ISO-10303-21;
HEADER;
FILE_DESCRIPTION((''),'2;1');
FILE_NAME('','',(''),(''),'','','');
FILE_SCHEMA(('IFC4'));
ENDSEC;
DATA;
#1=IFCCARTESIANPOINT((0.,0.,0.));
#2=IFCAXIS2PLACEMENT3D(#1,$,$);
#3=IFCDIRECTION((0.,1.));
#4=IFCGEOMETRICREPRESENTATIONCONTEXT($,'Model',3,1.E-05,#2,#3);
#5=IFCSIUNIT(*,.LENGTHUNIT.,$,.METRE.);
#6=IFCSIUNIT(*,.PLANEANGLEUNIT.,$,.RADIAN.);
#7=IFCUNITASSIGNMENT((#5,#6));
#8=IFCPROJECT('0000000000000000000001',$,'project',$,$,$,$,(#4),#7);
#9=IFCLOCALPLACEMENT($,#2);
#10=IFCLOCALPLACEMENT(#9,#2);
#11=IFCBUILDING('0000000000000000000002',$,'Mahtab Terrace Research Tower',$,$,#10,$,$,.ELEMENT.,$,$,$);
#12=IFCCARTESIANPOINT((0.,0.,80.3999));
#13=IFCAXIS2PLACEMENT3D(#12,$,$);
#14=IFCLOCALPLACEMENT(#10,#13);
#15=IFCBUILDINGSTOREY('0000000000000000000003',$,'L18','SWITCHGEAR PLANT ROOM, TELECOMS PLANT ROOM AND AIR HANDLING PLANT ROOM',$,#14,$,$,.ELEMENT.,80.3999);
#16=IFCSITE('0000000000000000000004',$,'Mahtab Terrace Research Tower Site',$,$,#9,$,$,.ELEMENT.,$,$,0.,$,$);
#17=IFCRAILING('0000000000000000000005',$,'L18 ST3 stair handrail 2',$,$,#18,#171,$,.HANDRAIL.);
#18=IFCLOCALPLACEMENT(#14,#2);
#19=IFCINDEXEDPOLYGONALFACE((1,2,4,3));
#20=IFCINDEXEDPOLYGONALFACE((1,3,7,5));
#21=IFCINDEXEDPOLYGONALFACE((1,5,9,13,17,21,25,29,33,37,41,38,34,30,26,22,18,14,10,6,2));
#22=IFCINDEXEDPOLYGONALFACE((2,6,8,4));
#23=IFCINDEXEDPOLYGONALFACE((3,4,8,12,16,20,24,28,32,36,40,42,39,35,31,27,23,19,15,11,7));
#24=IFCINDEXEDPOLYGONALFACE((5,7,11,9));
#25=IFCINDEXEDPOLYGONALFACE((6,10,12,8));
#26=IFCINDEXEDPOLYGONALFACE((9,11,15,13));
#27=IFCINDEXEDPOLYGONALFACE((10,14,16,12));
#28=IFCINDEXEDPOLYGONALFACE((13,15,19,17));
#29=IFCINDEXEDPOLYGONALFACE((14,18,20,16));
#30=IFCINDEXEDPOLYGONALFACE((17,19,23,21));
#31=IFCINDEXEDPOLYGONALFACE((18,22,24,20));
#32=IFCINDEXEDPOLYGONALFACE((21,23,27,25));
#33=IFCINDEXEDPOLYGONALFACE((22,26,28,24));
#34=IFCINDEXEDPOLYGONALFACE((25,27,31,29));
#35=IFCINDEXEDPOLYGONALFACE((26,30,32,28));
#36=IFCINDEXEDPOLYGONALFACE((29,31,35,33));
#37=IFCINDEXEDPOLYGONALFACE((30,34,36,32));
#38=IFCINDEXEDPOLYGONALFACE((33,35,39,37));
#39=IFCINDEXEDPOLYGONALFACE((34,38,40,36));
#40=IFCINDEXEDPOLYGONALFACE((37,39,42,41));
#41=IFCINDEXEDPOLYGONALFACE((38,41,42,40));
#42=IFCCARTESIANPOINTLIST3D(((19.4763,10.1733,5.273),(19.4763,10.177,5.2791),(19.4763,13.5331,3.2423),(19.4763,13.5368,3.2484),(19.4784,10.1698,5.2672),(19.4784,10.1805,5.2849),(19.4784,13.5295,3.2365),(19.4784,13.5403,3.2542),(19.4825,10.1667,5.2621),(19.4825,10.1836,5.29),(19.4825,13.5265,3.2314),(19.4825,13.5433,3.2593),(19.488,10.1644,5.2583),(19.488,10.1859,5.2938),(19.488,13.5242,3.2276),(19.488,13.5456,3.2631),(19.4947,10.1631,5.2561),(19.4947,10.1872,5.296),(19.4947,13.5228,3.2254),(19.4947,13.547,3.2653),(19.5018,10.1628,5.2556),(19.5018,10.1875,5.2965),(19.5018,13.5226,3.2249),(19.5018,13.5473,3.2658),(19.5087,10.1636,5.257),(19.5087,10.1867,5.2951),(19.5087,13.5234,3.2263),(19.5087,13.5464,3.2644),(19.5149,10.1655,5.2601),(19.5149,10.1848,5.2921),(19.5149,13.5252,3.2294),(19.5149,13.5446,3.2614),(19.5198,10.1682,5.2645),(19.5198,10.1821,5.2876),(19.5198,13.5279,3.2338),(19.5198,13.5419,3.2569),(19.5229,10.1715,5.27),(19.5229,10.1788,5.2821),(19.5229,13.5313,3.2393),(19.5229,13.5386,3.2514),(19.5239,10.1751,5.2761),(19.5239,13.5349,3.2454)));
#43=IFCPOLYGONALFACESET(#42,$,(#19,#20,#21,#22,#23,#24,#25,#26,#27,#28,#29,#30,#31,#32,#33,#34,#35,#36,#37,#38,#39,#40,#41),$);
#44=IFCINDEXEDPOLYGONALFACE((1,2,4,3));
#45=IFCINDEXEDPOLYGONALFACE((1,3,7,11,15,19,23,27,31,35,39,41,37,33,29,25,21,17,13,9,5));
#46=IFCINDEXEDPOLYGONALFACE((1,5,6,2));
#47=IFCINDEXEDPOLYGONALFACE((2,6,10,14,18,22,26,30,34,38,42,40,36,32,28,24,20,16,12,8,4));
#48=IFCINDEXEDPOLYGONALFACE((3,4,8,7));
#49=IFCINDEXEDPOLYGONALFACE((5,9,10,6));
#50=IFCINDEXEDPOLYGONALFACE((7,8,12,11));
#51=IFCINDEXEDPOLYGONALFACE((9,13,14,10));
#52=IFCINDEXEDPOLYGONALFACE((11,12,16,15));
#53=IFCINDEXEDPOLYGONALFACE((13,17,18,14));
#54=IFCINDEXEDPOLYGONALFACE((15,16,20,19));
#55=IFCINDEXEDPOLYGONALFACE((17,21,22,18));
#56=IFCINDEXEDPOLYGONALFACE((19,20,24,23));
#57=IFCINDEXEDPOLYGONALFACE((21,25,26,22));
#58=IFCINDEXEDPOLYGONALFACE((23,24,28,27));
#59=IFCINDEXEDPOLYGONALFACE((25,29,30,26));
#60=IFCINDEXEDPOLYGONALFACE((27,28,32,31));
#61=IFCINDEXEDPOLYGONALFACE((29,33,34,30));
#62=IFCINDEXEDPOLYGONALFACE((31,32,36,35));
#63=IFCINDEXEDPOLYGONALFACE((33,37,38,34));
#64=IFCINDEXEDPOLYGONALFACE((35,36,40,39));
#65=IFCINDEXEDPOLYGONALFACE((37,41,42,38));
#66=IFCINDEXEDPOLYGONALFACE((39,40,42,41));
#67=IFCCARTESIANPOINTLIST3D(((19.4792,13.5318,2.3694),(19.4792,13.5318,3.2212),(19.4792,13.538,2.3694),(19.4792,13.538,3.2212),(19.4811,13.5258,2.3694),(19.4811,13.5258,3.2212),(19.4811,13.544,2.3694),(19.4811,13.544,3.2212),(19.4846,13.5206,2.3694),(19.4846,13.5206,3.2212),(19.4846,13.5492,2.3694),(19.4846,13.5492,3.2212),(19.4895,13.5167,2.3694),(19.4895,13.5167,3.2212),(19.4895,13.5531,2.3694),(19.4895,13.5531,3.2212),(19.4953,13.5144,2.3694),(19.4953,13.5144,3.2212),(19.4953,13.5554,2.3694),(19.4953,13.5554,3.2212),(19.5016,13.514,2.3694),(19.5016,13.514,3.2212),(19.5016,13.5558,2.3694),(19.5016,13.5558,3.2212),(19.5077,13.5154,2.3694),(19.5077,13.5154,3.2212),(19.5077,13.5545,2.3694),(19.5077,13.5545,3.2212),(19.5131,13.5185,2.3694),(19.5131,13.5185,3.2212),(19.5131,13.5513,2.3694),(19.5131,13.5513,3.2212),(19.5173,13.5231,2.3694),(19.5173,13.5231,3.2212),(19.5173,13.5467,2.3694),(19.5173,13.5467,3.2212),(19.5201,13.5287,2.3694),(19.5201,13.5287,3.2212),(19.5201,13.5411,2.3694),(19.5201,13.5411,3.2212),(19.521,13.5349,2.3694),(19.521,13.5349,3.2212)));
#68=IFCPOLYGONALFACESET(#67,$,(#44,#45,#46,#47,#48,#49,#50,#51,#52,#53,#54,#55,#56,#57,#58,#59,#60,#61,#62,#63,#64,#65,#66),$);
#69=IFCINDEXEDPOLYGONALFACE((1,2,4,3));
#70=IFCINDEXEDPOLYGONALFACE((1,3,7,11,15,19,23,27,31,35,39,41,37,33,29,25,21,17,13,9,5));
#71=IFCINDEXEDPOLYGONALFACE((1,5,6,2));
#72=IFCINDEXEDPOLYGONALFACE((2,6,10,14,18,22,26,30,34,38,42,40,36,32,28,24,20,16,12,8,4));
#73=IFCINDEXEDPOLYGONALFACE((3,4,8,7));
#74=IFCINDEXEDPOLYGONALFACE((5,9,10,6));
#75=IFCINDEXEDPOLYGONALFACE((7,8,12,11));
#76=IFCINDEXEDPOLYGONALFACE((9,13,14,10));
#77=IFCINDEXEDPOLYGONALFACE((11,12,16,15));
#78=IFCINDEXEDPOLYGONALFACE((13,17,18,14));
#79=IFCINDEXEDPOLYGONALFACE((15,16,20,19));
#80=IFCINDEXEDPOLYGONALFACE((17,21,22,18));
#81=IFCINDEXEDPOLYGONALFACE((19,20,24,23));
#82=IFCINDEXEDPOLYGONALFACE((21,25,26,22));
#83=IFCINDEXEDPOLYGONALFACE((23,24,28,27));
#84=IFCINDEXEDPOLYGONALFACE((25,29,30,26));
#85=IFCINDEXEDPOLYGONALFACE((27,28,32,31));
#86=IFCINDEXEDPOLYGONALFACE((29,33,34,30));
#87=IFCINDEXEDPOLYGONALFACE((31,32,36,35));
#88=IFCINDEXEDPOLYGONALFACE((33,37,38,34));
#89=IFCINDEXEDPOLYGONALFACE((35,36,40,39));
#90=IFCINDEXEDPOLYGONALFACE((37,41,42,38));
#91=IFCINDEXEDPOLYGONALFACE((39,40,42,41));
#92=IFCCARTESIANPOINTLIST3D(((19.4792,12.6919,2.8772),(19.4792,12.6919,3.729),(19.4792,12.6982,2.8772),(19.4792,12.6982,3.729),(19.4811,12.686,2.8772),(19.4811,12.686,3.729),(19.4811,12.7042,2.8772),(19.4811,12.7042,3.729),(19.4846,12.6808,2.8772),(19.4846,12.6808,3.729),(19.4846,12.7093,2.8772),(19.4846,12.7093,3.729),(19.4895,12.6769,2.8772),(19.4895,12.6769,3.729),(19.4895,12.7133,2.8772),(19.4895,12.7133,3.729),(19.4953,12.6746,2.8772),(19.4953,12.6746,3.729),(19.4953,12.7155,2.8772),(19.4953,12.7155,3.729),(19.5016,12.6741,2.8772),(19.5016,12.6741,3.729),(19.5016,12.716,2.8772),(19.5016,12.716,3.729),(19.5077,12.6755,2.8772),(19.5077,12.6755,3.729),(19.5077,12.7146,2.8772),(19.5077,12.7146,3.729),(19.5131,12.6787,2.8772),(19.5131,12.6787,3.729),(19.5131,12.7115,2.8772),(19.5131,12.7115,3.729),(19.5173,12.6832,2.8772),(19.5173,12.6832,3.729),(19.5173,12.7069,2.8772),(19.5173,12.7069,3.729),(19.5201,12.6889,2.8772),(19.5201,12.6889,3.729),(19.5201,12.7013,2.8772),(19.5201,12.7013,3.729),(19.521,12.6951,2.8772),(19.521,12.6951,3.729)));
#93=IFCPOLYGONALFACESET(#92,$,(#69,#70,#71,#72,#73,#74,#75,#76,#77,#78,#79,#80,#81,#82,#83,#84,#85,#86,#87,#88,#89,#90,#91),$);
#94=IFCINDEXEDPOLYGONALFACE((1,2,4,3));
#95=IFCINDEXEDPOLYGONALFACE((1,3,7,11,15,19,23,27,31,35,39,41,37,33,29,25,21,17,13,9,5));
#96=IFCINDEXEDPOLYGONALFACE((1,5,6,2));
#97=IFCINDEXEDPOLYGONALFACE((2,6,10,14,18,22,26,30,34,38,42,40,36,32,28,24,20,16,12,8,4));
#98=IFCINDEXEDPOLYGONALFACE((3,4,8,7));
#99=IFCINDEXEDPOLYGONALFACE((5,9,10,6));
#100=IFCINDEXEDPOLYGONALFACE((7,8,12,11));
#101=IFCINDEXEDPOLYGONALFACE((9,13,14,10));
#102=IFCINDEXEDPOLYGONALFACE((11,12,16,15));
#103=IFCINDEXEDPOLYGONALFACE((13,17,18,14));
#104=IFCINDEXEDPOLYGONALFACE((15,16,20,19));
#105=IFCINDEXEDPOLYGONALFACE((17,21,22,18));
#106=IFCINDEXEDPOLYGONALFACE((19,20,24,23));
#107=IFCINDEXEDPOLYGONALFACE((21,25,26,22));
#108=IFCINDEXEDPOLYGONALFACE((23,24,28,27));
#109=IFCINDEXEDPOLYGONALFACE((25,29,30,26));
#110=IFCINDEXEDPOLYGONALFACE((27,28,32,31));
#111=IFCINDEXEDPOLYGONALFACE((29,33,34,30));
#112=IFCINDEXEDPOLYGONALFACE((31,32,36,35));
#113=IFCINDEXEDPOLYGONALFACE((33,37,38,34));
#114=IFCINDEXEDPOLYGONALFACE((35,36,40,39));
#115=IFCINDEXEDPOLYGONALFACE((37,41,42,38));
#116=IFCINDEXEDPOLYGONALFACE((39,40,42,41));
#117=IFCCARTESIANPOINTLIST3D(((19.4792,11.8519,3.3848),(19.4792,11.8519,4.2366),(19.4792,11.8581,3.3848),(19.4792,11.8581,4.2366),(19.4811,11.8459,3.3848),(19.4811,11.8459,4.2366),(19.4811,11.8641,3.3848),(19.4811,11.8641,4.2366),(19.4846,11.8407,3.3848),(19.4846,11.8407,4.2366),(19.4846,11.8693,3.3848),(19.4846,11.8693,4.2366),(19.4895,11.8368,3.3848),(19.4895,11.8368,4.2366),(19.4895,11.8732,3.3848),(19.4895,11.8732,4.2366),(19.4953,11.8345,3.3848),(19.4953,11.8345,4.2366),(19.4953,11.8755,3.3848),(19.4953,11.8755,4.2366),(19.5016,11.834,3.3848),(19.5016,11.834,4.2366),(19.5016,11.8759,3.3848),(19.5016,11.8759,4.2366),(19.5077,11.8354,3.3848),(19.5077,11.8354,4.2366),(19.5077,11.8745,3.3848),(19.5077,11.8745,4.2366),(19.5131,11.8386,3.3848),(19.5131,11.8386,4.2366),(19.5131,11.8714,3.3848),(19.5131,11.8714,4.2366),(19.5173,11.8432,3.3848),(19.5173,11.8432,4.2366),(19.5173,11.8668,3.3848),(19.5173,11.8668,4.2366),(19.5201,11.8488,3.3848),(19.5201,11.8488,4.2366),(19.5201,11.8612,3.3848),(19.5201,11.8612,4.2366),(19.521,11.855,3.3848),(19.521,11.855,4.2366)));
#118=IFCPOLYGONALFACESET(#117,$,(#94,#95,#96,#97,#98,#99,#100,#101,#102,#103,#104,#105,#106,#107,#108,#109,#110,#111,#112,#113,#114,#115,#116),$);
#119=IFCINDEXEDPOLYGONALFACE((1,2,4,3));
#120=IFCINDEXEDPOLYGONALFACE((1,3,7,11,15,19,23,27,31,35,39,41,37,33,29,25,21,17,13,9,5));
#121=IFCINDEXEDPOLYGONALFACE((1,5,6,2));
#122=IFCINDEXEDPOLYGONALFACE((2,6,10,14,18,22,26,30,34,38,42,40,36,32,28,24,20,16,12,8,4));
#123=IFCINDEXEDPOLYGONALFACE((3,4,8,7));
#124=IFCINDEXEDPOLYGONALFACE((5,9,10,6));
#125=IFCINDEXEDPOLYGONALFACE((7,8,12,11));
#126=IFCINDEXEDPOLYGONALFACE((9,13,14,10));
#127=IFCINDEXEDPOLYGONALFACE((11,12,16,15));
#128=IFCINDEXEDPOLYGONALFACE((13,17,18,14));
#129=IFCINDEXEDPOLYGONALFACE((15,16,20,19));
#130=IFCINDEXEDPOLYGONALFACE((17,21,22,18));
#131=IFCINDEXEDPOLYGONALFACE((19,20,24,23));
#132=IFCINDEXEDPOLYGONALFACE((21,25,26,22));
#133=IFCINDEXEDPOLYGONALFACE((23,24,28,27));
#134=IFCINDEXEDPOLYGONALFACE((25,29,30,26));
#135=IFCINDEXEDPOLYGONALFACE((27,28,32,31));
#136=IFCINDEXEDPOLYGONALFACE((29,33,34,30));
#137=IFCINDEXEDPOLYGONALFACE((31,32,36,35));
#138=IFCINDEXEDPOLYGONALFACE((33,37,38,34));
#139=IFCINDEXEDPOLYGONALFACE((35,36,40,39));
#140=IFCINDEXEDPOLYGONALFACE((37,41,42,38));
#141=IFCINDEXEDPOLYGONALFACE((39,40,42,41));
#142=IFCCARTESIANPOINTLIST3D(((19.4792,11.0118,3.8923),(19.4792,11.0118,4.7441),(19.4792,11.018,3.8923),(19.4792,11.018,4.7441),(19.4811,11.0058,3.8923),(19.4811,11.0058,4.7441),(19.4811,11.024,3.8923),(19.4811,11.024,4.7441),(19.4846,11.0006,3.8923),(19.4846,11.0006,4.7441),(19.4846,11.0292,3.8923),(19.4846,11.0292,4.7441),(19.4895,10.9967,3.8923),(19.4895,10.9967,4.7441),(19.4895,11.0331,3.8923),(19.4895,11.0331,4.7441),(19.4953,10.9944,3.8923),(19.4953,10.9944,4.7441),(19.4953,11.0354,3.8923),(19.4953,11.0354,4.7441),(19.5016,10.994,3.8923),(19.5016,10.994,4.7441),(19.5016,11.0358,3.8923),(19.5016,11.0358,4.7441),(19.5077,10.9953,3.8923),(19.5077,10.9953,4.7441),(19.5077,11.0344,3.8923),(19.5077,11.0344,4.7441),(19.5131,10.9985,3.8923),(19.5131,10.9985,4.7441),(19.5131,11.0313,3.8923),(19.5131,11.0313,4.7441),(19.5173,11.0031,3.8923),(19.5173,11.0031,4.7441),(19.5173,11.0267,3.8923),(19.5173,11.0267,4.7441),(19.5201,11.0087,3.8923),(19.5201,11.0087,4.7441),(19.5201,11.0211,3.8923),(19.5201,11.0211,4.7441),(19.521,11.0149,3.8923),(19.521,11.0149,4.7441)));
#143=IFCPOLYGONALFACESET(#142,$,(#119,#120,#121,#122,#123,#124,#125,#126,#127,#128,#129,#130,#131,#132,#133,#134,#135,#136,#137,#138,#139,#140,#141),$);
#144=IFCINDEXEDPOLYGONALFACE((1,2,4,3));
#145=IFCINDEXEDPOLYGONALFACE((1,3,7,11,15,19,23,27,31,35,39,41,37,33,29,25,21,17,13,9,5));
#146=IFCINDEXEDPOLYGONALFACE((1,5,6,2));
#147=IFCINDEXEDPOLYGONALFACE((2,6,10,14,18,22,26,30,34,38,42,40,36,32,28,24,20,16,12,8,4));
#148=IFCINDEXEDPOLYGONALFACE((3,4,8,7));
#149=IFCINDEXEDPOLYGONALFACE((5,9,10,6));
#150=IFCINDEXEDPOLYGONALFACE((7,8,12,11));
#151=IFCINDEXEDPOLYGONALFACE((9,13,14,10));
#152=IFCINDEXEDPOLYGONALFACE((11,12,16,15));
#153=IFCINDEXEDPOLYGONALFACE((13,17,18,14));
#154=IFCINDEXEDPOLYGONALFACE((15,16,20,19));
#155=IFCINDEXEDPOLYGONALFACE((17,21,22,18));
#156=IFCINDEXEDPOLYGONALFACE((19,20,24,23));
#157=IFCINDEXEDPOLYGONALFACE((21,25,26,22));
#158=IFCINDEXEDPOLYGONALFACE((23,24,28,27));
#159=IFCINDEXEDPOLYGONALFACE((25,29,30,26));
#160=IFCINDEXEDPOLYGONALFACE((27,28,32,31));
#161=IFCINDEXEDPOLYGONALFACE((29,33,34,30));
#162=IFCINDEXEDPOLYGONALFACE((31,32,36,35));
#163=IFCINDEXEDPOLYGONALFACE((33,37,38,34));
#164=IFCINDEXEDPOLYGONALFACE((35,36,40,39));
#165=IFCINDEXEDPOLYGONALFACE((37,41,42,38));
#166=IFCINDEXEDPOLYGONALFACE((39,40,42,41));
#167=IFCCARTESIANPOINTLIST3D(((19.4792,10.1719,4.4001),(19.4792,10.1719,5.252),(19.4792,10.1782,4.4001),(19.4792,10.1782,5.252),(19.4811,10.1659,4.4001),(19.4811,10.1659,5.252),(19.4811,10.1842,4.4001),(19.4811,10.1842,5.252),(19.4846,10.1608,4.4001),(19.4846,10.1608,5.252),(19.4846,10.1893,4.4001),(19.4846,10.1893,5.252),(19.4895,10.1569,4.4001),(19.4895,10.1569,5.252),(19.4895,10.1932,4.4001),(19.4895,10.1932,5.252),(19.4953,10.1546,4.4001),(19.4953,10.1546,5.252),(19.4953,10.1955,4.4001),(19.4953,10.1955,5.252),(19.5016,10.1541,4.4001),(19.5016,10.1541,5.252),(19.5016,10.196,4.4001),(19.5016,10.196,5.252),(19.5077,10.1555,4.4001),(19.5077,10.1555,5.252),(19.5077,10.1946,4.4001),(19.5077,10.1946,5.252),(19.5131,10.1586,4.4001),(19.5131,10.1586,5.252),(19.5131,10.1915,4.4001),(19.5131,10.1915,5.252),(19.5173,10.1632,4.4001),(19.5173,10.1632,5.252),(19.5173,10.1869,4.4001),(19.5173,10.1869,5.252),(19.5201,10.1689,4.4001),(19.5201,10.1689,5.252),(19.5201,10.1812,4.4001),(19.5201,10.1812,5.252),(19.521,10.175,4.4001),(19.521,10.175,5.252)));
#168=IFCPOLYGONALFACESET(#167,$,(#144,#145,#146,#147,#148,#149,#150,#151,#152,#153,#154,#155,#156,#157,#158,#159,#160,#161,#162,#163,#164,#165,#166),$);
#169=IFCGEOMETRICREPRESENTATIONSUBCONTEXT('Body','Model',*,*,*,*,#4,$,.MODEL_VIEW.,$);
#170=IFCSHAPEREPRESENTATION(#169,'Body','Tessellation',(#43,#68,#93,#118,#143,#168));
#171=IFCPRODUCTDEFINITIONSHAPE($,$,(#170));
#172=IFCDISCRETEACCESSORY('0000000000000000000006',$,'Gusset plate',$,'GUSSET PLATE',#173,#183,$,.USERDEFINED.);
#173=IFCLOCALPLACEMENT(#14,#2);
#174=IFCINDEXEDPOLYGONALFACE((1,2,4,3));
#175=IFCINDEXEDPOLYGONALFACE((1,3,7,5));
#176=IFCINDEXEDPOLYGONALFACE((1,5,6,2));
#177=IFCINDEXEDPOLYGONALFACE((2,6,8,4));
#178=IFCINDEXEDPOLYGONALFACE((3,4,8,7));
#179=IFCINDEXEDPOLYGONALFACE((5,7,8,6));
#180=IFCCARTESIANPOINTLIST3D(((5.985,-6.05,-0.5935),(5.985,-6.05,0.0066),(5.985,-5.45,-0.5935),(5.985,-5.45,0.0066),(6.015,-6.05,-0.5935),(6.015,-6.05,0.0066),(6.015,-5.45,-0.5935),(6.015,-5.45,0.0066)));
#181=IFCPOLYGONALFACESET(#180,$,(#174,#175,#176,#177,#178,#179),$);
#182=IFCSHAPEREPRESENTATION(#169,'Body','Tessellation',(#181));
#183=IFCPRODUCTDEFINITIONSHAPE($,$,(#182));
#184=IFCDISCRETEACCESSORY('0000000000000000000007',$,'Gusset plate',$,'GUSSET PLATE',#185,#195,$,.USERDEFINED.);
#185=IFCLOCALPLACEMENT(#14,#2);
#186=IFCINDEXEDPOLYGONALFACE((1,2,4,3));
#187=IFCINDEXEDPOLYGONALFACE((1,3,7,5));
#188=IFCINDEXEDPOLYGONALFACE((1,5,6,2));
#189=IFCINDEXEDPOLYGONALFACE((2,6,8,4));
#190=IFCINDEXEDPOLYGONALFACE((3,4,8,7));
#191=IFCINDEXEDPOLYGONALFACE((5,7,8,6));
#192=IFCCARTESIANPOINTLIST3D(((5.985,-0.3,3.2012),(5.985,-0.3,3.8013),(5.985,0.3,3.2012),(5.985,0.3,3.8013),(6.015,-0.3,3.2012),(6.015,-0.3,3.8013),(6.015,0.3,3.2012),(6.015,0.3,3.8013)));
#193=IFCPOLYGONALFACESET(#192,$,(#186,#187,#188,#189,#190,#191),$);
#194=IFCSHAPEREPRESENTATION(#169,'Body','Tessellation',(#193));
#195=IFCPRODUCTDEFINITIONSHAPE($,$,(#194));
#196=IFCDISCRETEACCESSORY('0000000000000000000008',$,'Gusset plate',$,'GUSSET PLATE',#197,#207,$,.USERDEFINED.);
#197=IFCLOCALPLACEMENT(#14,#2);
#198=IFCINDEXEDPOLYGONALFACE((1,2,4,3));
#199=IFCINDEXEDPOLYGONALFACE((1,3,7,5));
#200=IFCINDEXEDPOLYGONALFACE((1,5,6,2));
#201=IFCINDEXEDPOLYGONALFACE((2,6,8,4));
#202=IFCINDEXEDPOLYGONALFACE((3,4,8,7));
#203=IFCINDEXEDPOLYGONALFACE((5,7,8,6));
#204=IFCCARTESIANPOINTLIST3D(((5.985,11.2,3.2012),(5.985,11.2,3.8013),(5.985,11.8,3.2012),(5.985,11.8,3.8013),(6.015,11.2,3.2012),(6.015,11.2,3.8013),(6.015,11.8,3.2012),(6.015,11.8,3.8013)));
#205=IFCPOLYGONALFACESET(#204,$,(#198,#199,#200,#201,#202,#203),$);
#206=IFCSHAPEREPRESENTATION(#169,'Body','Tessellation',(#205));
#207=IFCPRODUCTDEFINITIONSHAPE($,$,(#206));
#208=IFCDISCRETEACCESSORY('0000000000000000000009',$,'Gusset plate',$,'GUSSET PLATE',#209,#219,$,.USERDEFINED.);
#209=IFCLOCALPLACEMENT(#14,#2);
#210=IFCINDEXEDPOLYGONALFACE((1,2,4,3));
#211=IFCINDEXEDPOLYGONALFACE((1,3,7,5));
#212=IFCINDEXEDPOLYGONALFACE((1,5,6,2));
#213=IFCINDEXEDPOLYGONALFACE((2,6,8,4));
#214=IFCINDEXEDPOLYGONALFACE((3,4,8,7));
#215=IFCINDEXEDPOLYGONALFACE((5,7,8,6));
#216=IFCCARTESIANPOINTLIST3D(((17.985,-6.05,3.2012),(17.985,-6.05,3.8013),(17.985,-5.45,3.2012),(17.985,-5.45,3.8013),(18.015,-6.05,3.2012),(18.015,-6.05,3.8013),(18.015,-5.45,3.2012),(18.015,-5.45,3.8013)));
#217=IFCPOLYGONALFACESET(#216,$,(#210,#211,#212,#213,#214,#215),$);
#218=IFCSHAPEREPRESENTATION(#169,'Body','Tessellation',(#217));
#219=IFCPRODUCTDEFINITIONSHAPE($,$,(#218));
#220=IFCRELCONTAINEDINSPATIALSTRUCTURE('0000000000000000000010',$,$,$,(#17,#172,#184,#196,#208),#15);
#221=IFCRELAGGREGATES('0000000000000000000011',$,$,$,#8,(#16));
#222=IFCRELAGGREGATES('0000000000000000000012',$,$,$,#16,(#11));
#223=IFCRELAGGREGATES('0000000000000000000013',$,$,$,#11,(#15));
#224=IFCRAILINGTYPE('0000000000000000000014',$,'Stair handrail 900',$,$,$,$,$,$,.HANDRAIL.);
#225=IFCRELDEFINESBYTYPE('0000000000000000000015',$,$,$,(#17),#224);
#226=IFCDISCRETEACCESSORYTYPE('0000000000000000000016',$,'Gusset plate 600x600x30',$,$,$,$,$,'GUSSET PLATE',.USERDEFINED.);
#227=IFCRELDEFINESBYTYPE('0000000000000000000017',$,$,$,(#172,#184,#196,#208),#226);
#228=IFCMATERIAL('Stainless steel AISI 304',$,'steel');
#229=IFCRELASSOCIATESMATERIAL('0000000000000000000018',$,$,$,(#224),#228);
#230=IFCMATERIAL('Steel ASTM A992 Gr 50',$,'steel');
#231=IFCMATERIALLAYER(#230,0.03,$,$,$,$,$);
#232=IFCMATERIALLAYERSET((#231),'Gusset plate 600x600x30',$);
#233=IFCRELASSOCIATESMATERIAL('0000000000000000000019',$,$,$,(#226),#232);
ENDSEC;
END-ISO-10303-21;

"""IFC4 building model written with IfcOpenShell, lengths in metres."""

from ifc_helpers import new_model, si_unit, direction, frame, origin, origin_2d, place, context, subcontext, project, spatial, rectangle, circle, extrude, material, layer, layer_set, type_object, element, save


model = new_model("IFC4")

# Units and contexts
model_context = context("Model", 3, precision=1e-05, world=origin(), true_north=direction((0.0, 1.0)))
body_context = subcontext(model_context, "Body", "Model", "MODEL_VIEW")
ifc_project = project(units=[si_unit("LENGTHUNIT", "METRE"), si_unit("PLANEANGLEUNIT", "RADIAN")], contexts=[model_context])

# Site, building, storey
site_placement = place(None, origin())
site = spatial("IfcSite", under=ifc_project, at=site_placement, Name="Mahtab Terrace Research Tower Site", CompositionType="ELEMENT", RefElevation=0.0)
building_placement = place(site_placement, origin())
building = spatial("IfcBuilding", under=site, at=building_placement, Name="Mahtab Terrace Research Tower", CompositionType="ELEMENT")
storey_placement = place(building_placement, frame((0.0, 0.0, 80.3999)))
storey = spatial("IfcBuildingStorey", under=building, at=storey_placement, Name="L18", Description="SWITCHGEAR PLANT ROOM, TELECOMS PLANT ROOM AND AIR HANDLING PLANT ROOM", CompositionType="ELEMENT", Elevation=80.3999)

# Shared definitions
ifc_material_1 = material(Name="Steel ASTM A992 Gr 50", Category="steel")

# Railing
ifc_material_2 = material(Name="Stainless steel AISI 304", Category="steel")
railing_type_1 = type_object("IfcRailingType", Name="Stair handrail 900", PredefinedType="HANDRAIL", material=ifc_material_2)
railing_1_placement = place(storey_placement, frame((19.5, 13.5349, 2.3694)))
element("IfcRailing", 1, at=railing_1_placement, inside=storey, type_object=railing_type_1, Name="L18 ST3 stair handrail 2", PredefinedType="HANDRAIL", context=body_context, shape_type="SweptSolid", body=[
    extrude(circle(Radius=0.0239, at=origin_2d()), frame((0.0, 0.0, 0.876), z_axis=(0.0, -0.85582, 0.517273), x_axis=(1.0, 0.0, 0.0)), (0.0, 0.0, 1.0), 3.9258),
    extrude(circle(Radius=0.021, at=origin_2d()), origin(), (0.0, 0.0, 1.0), 0.8518),
    extrude(circle(Radius=0.021, at=origin_2d()), frame((0.0, -0.8398, 0.5078)), (0.0, 0.0, 1.0), 0.8518),
    extrude(circle(Radius=0.021, at=origin_2d()), frame((0.0, -1.6799, 1.0154)), (0.0, 0.0, 1.0), 0.8518),
    extrude(circle(Radius=0.021, at=origin_2d()), frame((0.0, -2.52, 1.5229)), (0.0, 0.0, 1.0), 0.8518),
    extrude(circle(Radius=0.021, at=origin_2d()), frame((0.0, -3.3599, 2.0308)), (0.0, 0.0, 1.0), 0.8518),
])

# Discrete accessories
ifc_layer_1 = layer(ifc_material_1, 0.03)
ifc_layer_set_1 = layer_set([ifc_layer_1], Name="Gusset plate 600x600x30")
discrete_accessory_type = type_object("IfcDiscreteAccessoryType", Name="Gusset plate 600x600x30", ElementType="GUSSET PLATE", PredefinedType="USERDEFINED", material=ifc_layer_set_1)
for number, where, z_axis, x_axis, name in (
    (2, (6.0, -5.75, -0.5935), (0.0, 0.0, 1.0), (0.0, 1.0, 0.0), "Gusset plate"),
    (3, (6.0, 0.0, 3.2012), (0.0, 0.0, 1.0), (0.0, 1.0, 0.0), "Gusset plate"),
    (4, (6.0, 11.5, 3.2012), (0.0, 0.0, 1.0), (0.0, 1.0, 0.0), "Gusset plate"),
    (5, (18.0, -5.75, 3.2012), (0.0, 0.0, 1.0), (0.0, 1.0, 0.0), "Gusset plate"),
):
    element("IfcDiscreteAccessory", number, at=place(storey_placement, frame(where, z_axis=z_axis, x_axis=x_axis)), inside=storey, type_object=discrete_accessory_type, Name=name, ObjectType="GUSSET PLATE", PredefinedType="USERDEFINED", context=body_context, shape_type="SweptSolid", body=[
        extrude(rectangle(XDim=0.6001, YDim=0.03, at=origin_2d()), origin(), (0.0, 0.0, 1.0), 0.6001),
    ])

save(model, "model.ifc")
